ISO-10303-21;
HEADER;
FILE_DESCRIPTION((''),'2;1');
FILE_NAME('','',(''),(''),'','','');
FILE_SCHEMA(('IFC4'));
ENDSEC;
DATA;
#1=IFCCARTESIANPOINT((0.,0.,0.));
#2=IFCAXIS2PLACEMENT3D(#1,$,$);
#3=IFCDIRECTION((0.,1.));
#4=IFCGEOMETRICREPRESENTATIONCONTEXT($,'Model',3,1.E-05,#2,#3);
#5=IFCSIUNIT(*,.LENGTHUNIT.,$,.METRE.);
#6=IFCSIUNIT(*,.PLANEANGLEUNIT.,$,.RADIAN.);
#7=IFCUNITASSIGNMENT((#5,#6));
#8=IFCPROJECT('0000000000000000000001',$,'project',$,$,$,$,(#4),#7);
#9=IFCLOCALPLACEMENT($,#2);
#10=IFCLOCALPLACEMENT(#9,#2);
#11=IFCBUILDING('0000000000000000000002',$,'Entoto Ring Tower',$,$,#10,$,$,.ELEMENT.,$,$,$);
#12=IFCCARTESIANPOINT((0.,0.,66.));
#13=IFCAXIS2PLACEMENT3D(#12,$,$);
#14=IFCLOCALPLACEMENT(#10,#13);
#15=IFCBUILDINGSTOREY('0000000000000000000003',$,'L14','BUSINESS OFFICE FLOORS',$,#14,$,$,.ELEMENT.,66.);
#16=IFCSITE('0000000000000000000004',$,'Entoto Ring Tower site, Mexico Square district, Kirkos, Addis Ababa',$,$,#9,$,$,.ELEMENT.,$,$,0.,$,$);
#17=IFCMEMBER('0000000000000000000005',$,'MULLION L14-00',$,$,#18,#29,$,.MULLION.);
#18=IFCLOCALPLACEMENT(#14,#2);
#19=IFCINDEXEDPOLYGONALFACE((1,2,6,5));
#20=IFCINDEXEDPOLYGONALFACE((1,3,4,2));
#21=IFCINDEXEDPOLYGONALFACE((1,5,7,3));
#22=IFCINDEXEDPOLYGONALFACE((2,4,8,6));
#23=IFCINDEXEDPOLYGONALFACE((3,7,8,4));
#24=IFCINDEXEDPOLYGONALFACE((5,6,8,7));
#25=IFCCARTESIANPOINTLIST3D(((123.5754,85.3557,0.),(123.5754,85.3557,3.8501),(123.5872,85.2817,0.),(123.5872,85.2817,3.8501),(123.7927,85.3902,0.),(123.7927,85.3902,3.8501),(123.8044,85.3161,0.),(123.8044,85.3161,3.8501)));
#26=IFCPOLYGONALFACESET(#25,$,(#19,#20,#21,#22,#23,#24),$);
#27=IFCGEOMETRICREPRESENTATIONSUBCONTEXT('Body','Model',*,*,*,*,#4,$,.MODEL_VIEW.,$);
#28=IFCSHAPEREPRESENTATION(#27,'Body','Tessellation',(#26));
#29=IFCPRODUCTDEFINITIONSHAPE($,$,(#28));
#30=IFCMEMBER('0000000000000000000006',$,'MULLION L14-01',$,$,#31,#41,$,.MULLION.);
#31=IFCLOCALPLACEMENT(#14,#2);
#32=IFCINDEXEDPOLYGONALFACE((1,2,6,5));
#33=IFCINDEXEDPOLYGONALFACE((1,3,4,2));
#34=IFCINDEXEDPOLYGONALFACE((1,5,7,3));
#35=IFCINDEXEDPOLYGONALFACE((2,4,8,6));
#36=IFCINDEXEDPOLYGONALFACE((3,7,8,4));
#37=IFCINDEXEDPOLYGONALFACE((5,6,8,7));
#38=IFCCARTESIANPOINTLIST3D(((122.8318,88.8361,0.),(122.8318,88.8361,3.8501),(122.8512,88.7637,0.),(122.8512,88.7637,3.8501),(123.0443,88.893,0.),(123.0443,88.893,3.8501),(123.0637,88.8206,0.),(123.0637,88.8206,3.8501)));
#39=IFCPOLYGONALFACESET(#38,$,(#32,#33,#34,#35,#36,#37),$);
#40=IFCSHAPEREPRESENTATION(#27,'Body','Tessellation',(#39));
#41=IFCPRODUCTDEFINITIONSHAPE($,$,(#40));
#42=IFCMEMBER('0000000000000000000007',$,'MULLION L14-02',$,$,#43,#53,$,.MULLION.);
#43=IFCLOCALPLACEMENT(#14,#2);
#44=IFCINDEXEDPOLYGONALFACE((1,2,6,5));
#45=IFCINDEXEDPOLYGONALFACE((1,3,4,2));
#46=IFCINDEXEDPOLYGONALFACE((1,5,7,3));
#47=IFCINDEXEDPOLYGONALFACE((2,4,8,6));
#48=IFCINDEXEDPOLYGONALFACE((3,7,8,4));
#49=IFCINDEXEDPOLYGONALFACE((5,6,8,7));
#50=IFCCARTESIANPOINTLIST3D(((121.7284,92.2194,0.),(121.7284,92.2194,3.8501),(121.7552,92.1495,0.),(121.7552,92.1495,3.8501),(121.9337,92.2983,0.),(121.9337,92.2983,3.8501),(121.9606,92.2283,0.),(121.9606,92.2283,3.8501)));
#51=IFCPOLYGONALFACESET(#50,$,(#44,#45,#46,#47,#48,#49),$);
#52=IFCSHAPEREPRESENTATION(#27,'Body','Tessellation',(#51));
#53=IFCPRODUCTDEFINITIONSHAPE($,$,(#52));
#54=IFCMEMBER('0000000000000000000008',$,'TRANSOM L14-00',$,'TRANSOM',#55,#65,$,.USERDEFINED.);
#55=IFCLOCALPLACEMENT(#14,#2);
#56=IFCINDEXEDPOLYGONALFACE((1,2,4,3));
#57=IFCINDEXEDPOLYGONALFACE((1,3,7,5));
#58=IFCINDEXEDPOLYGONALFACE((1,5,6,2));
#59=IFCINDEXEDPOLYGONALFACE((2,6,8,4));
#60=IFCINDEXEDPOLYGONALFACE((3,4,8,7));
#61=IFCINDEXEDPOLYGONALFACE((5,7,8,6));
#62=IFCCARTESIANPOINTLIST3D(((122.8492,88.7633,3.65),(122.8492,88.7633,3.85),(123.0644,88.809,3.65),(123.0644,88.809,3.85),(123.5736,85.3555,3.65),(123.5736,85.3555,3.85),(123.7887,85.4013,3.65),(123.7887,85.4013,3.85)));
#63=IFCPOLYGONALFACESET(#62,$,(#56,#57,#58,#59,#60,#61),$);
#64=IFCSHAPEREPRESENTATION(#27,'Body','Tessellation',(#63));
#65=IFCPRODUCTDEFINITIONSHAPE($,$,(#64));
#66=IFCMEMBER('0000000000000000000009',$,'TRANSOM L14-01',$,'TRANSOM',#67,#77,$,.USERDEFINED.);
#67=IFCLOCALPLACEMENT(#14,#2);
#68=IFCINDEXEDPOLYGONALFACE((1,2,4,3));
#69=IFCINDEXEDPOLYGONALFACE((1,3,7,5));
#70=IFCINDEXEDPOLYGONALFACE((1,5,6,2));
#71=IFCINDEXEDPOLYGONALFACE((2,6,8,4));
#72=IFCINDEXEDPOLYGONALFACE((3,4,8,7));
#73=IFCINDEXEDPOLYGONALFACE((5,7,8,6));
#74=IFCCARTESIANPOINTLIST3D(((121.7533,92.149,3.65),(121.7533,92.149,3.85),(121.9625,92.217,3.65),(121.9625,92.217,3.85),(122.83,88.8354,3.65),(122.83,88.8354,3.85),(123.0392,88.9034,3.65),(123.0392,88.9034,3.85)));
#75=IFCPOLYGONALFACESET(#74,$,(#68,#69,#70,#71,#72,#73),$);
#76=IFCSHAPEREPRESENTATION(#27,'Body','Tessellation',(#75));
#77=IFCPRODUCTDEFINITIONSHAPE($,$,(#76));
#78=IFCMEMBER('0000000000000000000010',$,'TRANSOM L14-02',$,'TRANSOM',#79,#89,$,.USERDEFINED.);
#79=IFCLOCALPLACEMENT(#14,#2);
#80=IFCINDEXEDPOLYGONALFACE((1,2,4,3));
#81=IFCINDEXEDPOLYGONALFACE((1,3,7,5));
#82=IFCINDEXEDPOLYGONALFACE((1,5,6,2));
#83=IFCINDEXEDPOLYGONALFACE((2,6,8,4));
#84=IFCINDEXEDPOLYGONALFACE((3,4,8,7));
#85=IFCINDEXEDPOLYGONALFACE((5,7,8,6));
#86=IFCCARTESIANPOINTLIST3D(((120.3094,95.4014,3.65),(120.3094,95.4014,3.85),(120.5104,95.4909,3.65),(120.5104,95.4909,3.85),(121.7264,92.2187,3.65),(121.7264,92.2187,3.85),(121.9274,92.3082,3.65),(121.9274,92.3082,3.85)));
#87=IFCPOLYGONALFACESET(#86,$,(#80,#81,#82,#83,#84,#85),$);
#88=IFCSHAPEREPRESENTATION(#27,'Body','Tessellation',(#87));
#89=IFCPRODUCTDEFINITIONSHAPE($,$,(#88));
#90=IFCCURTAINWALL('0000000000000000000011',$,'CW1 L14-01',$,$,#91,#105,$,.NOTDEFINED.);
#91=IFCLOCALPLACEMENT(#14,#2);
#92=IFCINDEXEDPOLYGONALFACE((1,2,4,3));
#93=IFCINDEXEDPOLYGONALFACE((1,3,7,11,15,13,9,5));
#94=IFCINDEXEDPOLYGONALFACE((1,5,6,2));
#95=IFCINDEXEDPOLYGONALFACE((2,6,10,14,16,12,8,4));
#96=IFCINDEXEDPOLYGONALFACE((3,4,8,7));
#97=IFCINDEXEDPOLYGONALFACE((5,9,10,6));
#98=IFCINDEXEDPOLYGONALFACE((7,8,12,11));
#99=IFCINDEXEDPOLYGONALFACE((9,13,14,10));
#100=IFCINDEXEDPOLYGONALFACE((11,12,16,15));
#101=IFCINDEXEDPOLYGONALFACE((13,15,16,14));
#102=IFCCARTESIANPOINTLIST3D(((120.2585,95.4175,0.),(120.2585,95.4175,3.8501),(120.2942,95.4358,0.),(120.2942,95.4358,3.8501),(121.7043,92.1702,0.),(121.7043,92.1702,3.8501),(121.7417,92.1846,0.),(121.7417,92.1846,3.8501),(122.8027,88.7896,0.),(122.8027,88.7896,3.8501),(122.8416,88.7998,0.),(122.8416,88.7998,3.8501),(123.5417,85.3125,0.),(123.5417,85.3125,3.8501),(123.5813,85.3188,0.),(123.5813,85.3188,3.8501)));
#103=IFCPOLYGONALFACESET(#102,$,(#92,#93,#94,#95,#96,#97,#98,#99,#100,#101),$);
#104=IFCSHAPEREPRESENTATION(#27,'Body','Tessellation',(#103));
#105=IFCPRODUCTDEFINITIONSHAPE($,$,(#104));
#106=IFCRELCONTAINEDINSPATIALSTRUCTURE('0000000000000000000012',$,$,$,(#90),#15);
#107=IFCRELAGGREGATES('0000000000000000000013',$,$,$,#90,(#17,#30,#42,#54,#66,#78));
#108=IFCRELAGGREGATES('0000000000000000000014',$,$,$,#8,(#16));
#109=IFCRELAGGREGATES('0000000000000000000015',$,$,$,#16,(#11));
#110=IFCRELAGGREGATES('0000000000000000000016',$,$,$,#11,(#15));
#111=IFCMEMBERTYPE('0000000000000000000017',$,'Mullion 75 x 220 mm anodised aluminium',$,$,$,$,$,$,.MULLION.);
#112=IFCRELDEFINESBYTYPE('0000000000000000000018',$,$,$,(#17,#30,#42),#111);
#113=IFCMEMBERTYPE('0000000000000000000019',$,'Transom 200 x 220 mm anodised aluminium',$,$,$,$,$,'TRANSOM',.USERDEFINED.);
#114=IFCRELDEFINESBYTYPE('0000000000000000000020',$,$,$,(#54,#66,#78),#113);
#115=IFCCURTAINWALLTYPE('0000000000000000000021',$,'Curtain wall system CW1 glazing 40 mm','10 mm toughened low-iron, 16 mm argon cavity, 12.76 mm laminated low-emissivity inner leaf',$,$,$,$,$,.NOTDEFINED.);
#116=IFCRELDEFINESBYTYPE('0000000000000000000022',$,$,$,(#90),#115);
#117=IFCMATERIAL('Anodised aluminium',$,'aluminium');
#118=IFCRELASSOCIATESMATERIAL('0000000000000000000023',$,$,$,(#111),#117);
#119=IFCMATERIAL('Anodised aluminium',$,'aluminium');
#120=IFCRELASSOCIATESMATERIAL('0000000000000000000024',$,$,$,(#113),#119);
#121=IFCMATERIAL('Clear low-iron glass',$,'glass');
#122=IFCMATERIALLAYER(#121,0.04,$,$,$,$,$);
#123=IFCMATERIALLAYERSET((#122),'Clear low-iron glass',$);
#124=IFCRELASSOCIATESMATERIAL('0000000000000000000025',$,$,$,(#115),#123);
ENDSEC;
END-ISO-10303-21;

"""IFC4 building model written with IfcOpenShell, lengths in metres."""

from ifc_helpers import new_model, si_unit, direction, frame, origin, origin_2d, place, context, subcontext, project, spatial, polyline, rectangle, outline, extrude, material, layer, layer_set, material_profile, profile_set, type_object, element, aggregate, save


model = new_model("IFC4")

# Units and contexts
model_context = context("Model", 3, precision=1e-05, world=origin(), true_north=direction((0.0, 1.0)))
body_context = subcontext(model_context, "Body", "Model", "MODEL_VIEW")
ifc_project = project(units=[si_unit("LENGTHUNIT", "METRE"), si_unit("PLANEANGLEUNIT", "RADIAN")], contexts=[model_context])

# Members
ifc_material_1 = material(Name="Anodised aluminium", Category="aluminium")
ifc_material_profile_1 = material_profile(ifc_material_1, rectangle(XDim=0.075, YDim=0.22, at=origin_2d()), Name="Mullion 75 x 220 mm anodised aluminium")
ifc_profile_set_1 = profile_set([ifc_material_profile_1], Name="Anodised aluminium")
member_type_1 = type_object("IfcMemberType", Name="Mullion 75 x 220 mm anodised aluminium", PredefinedType="MULLION", material=ifc_profile_set_1)
site_placement = place(None, origin())
building_placement = place(site_placement, origin())
storey_placement = place(building_placement, frame((0.0, 0.0, 66.0)))
member_1_placement = place(storey_placement, frame((123.6899, 85.3359, 0.0), z_axis=(0.0, 0.0, 1.0), x_axis=(-0.156434, 0.987688, 0.0)))
member_1 = element("IfcMember", 1, at=member_1_placement, type_object=member_type_1, Name="MULLION L14-00", PredefinedType="MULLION", context=body_context, shape_type="SweptSolid", body=[
    extrude(rectangle(XDim=0.075, YDim=0.22, at=origin_2d()), origin(), (0.0, 0.0, 1.0), 3.8501),
])
member_2_placement = place(storey_placement, frame((122.9478, 88.8284, 0.0), z_axis=(0.0, 0.0, 1.0), x_axis=(-0.258819, 0.965926, 0.0)))
member_2 = element("IfcMember", 2, at=member_2_placement, type_object=member_type_1, Name="MULLION L14-01", PredefinedType="MULLION", context=body_context, shape_type="SweptSolid", body=[
    extrude(rectangle(XDim=0.075, YDim=0.22, at=origin_2d()), origin(), (0.0, 0.0, 1.0), 3.8501),
])
member_3_placement = place(storey_placement, frame((121.8445, 92.2239, 0.0), z_axis=(0.0, 0.0, 1.0), x_axis=(-0.358368, 0.93358, 0.0)))
member_3 = element("IfcMember", 3, at=member_3_placement, type_object=member_type_1, Name="MULLION L14-02", PredefinedType="MULLION", context=body_context, shape_type="SweptSolid", body=[
    extrude(rectangle(XDim=0.075, YDim=0.22, at=origin_2d()), origin(), (0.0, 0.0, 1.0), 3.8501),
])
ifc_material_2 = material(Name="Anodised aluminium", Category="aluminium")
ifc_material_profile_2 = material_profile(ifc_material_2, rectangle(XDim=0.22, YDim=0.2, at=origin_2d()), Name="Transom 200 x 220 mm anodised aluminium")
ifc_profile_set_2 = profile_set([ifc_material_profile_2], Name="Anodised aluminium")
member_type_2 = type_object("IfcMemberType", Name="Transom 200 x 220 mm anodised aluminium", ElementType="TRANSOM", PredefinedType="USERDEFINED", material=ifc_profile_set_2)
member_4_placement = place(storey_placement, frame((123.6812, 85.3784, 3.75), z_axis=(-0.207921, 0.978146, 0.0), x_axis=(-0.978146, -0.207921, 0.0)))
member_4 = element("IfcMember", 4, at=member_4_placement, type_object=member_type_2, Name="TRANSOM L14-00", ObjectType="TRANSOM", PredefinedType="USERDEFINED", context=body_context, shape_type="SweptSolid", body=[
    extrude(rectangle(XDim=0.22, YDim=0.2, at=origin_2d()), origin(), (0.0, 0.0, 1.0), 3.4839),
])
member_5_placement = place(storey_placement, frame((122.9346, 88.8694, 3.75), z_axis=(-0.309029, 0.951053, 0.0), x_axis=(-0.951053, -0.309029, 0.0)))
member_5 = element("IfcMember", 5, at=member_5_placement, type_object=member_type_2, Name="TRANSOM L14-01", ObjectType="TRANSOM", PredefinedType="USERDEFINED", context=body_context, shape_type="SweptSolid", body=[
    extrude(rectangle(XDim=0.22, YDim=0.2, at=origin_2d()), origin(), (0.0, 0.0, 1.0), 3.4841),
])
member_6_placement = place(storey_placement, frame((121.8269, 92.2634, 3.75), z_axis=(-0.406737, 0.913545, 0.0), x_axis=(-0.913545, -0.406737, 0.0)))
member_6 = element("IfcMember", 6, at=member_6_placement, type_object=member_type_2, Name="TRANSOM L14-02", ObjectType="TRANSOM", PredefinedType="USERDEFINED", context=body_context, shape_type="SweptSolid", body=[
    extrude(rectangle(XDim=0.22, YDim=0.2, at=origin_2d()), origin(), (0.0, 0.0, 1.0), 3.4839),
])

# Site, building, storey
site = spatial("IfcSite", under=ifc_project, at=site_placement, Name="Entoto Ring Tower site, Mexico Square district, Kirkos, Addis Ababa", CompositionType="ELEMENT", RefElevation=0.0)
building = spatial("IfcBuilding", under=site, at=building_placement, Name="Entoto Ring Tower", CompositionType="ELEMENT")
storey = spatial("IfcBuildingStorey", under=building, at=storey_placement, Name="L14", Description="BUSINESS OFFICE FLOORS", CompositionType="ELEMENT", Elevation=66.0)

# Curtain wall
ifc_material_3 = material(Name="Clear low-iron glass", Category="glass")
ifc_layer_1 = layer(ifc_material_3, 0.04)
ifc_layer_set_1 = layer_set([ifc_layer_1], Name="Clear low-iron glass")
curtain_wall_type = type_object("IfcCurtainWallType", Name="Curtain wall system CW1 glazing 40 mm", Description="10 mm toughened low-iron, 16 mm argon cavity, 12.76 mm laminated low-emissivity inner leaf", PredefinedType="NOTDEFINED", material=ifc_layer_set_1)
curtain_wall_1_placement = place(storey_placement, origin())
curtain_wall_1 = element("IfcCurtainWall", 7, at=curtain_wall_1_placement, inside=storey, type_object=curtain_wall_type, Name="CW1 L14-01", PredefinedType="NOTDEFINED", context=body_context, shape_type="SweptSolid", body=[
    extrude(outline(polyline([(123.5813, 85.3188), (122.8416, 88.7998), (121.7417, 92.1846), (120.2942, 95.4358), (120.2585, 95.4175), (121.7043, 92.1702), (122.8027, 88.7896), (123.5417, 85.3125), (123.5813, 85.3188)])), origin(), (0.0, 0.0, 1.0), 3.8501),
])
aggregate(curtain_wall_1, [member_1, member_2, member_3, member_4, member_5, member_6])

save(model, "model.ifc")
